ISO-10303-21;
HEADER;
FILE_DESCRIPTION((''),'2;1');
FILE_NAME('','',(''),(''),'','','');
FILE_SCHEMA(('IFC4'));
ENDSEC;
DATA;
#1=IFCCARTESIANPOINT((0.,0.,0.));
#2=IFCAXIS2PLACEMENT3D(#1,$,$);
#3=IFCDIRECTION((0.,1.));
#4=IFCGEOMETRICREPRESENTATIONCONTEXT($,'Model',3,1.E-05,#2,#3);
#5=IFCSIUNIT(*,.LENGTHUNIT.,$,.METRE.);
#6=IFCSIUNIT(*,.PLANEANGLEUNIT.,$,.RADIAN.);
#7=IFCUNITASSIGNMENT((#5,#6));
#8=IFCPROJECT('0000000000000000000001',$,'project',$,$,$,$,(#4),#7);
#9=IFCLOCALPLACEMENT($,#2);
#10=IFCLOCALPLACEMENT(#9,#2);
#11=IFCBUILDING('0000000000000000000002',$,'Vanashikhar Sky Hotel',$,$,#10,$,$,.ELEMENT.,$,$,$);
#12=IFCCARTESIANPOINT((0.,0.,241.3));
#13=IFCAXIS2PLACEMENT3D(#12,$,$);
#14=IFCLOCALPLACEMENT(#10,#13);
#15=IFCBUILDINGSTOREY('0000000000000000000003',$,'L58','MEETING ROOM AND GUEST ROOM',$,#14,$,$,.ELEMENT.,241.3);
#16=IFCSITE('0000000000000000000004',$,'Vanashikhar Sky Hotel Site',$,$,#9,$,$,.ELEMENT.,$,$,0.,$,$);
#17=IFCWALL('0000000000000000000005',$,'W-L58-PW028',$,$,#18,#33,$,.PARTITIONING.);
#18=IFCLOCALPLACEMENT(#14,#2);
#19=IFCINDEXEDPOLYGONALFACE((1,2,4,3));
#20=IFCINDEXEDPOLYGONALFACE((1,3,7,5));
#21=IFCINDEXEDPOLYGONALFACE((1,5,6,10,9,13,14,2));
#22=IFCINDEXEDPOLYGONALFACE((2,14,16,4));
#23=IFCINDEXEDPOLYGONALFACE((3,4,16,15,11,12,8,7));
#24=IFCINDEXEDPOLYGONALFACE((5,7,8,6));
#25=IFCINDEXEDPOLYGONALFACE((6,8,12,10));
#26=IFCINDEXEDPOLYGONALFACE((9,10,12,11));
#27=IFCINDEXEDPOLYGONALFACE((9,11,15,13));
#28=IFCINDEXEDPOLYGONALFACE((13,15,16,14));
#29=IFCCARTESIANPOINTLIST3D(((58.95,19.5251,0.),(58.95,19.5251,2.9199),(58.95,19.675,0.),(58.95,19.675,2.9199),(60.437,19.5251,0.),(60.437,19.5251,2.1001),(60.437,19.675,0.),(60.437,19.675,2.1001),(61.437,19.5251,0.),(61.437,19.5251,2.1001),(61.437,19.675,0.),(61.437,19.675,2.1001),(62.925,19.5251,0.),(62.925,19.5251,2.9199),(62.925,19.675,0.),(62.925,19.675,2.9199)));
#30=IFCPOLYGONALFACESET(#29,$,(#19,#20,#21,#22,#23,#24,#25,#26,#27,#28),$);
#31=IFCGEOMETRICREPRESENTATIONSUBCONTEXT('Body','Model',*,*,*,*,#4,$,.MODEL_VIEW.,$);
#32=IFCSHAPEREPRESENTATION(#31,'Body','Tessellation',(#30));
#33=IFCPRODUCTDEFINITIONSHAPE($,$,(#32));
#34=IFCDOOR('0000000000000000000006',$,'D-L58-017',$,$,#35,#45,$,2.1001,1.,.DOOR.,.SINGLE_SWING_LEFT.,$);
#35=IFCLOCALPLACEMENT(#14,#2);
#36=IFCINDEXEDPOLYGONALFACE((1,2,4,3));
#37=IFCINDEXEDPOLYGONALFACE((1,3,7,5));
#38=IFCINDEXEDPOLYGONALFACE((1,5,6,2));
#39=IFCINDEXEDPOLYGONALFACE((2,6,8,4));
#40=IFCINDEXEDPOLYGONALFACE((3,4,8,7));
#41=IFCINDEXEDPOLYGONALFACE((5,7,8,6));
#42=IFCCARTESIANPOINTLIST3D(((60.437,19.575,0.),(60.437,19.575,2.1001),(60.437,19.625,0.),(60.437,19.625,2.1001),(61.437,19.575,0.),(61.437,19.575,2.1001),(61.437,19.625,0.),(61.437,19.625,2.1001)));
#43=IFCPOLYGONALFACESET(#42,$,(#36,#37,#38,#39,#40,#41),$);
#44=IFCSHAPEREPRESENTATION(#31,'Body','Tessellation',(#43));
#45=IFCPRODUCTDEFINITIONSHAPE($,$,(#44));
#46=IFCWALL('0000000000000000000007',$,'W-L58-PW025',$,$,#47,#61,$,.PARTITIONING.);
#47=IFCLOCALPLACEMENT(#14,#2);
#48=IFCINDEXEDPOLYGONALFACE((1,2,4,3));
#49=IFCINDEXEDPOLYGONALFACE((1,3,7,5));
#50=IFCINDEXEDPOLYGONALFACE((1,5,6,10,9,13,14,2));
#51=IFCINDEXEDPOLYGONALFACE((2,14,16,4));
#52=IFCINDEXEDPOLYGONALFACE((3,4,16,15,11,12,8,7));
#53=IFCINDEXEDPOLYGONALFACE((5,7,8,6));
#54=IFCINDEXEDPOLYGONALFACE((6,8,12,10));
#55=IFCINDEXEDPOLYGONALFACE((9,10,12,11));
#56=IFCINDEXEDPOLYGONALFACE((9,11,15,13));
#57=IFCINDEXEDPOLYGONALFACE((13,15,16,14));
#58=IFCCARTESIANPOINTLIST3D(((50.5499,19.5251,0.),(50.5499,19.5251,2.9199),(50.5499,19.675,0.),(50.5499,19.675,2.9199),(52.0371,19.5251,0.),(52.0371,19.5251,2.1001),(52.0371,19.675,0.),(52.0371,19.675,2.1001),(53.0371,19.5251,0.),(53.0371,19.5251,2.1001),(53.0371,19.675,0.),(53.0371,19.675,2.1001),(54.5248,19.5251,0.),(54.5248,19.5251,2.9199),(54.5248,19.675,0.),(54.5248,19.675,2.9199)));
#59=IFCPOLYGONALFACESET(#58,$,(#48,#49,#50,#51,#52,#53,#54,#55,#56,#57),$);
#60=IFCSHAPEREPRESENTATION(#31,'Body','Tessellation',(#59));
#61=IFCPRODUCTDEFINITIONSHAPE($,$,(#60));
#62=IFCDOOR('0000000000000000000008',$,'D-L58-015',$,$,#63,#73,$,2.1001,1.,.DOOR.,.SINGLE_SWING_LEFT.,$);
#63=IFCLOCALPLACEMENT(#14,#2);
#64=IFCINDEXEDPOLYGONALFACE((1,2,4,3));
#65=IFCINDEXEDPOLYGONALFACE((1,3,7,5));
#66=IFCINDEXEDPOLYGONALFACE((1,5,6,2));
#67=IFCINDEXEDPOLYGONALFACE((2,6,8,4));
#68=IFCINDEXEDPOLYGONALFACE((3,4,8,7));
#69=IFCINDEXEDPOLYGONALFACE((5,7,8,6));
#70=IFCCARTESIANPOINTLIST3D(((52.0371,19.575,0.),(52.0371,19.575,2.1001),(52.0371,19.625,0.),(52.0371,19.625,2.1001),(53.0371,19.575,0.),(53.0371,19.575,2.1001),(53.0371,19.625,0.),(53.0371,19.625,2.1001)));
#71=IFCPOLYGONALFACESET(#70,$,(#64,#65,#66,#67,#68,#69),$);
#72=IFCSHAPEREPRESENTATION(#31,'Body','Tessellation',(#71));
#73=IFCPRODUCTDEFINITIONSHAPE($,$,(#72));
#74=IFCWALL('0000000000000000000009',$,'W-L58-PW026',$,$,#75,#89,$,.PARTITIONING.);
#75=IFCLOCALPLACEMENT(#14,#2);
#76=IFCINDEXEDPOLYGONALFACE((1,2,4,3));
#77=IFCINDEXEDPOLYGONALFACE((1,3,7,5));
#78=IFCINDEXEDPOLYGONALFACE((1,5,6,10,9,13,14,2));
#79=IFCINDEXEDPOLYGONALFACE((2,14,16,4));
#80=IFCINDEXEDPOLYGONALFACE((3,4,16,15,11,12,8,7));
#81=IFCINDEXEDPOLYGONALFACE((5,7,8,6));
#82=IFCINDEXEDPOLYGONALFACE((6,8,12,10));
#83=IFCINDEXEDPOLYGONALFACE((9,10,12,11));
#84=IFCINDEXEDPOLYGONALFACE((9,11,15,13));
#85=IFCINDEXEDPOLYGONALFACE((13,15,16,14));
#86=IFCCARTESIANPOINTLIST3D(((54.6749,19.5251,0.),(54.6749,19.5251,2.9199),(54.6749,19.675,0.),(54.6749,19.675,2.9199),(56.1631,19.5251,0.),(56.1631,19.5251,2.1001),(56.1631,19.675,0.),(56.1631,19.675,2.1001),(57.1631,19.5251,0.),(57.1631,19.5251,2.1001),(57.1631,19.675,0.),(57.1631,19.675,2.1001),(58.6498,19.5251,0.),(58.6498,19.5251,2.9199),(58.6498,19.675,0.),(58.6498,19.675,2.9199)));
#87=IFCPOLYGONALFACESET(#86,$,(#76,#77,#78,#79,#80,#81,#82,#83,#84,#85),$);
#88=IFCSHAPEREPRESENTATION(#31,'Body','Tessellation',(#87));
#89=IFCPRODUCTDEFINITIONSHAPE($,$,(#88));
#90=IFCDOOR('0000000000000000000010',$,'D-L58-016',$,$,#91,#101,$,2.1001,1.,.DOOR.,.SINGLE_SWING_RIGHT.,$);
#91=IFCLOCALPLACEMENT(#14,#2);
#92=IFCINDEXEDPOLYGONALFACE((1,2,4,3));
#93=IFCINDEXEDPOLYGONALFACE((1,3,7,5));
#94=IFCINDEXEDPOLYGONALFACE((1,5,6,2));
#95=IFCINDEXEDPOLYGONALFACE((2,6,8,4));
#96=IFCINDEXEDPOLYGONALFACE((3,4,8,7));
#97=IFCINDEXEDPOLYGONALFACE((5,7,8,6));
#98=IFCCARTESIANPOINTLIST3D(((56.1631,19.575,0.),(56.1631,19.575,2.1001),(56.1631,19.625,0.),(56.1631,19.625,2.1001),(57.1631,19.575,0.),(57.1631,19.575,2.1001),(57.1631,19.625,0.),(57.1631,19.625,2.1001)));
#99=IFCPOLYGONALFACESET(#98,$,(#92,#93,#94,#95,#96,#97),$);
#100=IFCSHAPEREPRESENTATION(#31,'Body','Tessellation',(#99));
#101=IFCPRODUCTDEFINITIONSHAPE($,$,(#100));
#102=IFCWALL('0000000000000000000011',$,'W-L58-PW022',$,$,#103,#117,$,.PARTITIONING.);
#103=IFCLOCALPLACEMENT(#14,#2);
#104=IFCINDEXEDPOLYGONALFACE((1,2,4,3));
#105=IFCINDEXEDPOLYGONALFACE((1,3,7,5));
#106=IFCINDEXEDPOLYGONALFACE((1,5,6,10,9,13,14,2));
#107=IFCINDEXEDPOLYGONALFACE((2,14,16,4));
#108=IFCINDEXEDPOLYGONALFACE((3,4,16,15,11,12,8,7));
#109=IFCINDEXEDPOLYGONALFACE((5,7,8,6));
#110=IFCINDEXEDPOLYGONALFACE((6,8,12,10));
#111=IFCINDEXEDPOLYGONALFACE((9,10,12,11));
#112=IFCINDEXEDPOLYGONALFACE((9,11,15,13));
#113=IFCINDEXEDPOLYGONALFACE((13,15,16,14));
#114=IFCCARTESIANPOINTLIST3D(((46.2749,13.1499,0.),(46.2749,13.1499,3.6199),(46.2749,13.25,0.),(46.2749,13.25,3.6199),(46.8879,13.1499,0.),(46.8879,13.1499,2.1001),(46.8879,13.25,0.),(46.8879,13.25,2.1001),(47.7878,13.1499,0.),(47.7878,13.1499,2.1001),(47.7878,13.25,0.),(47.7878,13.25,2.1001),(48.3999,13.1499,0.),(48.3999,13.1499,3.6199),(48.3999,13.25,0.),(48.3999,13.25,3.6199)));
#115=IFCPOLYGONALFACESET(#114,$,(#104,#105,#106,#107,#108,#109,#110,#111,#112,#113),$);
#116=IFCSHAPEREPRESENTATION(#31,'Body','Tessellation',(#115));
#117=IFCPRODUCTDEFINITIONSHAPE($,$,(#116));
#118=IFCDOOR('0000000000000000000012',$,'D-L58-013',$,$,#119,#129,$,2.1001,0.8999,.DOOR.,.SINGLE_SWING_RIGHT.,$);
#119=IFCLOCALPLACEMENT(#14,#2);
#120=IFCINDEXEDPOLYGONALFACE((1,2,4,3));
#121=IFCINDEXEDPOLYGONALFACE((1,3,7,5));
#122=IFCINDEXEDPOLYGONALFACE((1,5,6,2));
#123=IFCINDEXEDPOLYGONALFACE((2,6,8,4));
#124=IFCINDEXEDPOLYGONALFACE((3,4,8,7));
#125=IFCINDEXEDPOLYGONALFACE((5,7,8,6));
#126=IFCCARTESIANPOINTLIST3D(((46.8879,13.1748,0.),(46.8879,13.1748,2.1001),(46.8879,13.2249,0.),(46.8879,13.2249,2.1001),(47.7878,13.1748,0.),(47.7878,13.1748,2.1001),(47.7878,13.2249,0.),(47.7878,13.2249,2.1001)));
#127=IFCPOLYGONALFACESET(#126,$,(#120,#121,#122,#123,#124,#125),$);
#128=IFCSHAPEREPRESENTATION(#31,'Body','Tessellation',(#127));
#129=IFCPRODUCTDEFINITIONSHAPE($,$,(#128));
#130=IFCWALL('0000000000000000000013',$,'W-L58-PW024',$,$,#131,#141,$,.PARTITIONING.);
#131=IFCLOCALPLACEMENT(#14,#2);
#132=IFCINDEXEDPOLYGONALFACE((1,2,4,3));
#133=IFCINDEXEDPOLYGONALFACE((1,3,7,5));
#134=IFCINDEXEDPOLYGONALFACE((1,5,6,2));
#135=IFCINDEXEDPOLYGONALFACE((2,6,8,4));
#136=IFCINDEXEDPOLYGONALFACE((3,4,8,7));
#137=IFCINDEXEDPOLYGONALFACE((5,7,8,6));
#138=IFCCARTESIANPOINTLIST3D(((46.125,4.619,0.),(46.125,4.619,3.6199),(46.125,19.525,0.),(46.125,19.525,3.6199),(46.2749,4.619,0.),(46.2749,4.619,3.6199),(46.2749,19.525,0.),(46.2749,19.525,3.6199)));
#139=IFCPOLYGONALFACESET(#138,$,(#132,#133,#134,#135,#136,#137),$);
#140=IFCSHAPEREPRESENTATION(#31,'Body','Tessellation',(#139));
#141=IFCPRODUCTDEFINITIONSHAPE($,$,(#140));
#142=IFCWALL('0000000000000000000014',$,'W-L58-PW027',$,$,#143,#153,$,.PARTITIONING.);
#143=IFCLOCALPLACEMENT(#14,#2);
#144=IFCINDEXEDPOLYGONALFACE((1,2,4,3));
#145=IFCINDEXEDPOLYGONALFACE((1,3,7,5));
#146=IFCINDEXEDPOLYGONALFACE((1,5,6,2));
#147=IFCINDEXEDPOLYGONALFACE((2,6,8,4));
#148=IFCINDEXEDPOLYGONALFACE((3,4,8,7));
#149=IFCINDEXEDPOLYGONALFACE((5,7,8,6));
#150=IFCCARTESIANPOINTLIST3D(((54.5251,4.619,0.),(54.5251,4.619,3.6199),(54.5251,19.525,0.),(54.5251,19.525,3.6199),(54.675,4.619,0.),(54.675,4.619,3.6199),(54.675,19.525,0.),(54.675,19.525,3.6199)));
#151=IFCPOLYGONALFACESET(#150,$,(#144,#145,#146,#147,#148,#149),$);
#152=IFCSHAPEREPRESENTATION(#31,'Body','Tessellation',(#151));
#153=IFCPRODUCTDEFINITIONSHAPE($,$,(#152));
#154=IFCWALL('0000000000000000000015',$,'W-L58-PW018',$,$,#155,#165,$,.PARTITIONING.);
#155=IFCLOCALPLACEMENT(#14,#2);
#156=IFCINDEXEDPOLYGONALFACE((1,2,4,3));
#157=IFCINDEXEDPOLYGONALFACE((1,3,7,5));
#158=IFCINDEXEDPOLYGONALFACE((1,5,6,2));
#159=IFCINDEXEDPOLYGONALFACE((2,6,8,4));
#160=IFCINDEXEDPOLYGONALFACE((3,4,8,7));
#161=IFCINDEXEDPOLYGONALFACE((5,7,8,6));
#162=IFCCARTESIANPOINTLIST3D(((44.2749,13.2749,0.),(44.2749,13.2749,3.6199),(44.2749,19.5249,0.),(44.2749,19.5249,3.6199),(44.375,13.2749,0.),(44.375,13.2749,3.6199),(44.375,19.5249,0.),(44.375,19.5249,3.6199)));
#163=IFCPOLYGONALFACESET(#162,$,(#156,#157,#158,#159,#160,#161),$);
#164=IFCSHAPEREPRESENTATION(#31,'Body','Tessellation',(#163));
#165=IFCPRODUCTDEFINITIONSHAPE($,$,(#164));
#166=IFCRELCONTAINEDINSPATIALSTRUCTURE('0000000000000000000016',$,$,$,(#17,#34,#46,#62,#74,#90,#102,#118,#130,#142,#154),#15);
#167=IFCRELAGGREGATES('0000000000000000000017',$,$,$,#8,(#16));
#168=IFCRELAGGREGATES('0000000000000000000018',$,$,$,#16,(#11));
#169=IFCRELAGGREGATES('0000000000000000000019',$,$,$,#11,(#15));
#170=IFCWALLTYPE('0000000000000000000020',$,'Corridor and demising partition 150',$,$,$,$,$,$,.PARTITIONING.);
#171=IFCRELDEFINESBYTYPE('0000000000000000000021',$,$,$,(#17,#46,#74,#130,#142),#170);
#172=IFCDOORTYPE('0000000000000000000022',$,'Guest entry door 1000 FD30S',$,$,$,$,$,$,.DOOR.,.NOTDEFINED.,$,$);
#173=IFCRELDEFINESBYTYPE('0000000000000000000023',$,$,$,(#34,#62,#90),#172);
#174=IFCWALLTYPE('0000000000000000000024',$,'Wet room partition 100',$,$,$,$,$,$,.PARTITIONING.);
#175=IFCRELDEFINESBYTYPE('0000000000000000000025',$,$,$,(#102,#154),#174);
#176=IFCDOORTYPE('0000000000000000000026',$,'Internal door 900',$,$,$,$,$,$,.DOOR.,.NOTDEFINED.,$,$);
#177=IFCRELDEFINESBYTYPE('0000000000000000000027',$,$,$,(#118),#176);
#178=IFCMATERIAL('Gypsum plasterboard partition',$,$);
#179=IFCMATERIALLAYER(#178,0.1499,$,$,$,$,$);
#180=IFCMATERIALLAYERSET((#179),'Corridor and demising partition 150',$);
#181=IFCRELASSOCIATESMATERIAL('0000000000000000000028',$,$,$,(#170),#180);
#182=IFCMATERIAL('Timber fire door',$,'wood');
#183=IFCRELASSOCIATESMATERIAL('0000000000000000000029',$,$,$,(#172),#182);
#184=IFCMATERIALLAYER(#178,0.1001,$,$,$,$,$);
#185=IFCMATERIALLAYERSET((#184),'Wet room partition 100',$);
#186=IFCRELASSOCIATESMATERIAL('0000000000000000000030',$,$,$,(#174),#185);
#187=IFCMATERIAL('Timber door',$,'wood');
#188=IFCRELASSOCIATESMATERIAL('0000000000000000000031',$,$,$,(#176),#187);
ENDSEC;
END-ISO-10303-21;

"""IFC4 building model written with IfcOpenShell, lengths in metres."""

from ifc_helpers import new_model, si_unit, direction, frame, frame_2d, origin, place, context, subcontext, project, spatial, rectangle, extrude, source, transform, mapped, material, layer, layer_set, type_object, element, fill, save


model = new_model("IFC4")

# Units and contexts
model_context = context("Model", 3, precision=1e-05, world=origin(), true_north=direction((0.0, 1.0)))
body_context = subcontext(model_context, "Body", "Model", "MODEL_VIEW")
ifc_project = project(units=[si_unit("LENGTHUNIT", "METRE"), si_unit("PLANEANGLEUNIT", "RADIAN")], contexts=[model_context])

# Site, building, storey
site_placement = place(None, origin())
site = spatial("IfcSite", under=ifc_project, at=site_placement, Name="Vanashikhar Sky Hotel Site", CompositionType="ELEMENT", RefElevation=0.0)
building_placement = place(site_placement, origin())
building = spatial("IfcBuilding", under=site, at=building_placement, Name="Vanashikhar Sky Hotel", CompositionType="ELEMENT")
storey_placement = place(building_placement, frame((0.0, 0.0, 241.3)))
storey = spatial("IfcBuildingStorey", under=building, at=storey_placement, Name="L58", Description="MEETING ROOM AND GUEST ROOM", CompositionType="ELEMENT", Elevation=241.3)

# Walls, openings, doors
ifc_material_1 = material(Name="Gypsum plasterboard partition")
ifc_layer_1 = layer(ifc_material_1, 0.1499)
ifc_layer_set_1 = layer_set([ifc_layer_1], Name="Corridor and demising partition 150")
wall_type_1 = type_object("IfcWallType", Name="Corridor and demising partition 150", PredefinedType="PARTITIONING", material=ifc_layer_set_1)
shared_shape_1 = source(origin(), body_context, "Body", "SweptSolid", [
    extrude(rectangle(XDim=3.9751, YDim=0.1499, at=frame_2d((1.9875, 0.0))), origin(), (0.0, 0.0, 1.0), 2.9199),
])
shared_shape_2 = source(origin(), body_context, "Body", "SweptSolid", [
    extrude(rectangle(XDim=1.0, YDim=2.1001, at=frame_2d((0.5, 1.05))), frame((0.0, 0.085, 0.0), z_axis=(0.0, -1.0, 0.0), x_axis=(1.0, 0.0, 0.0)), (0.0, 0.0, 1.0), 0.1699),
])
ifc_material_2 = material(Name="Timber fire door", Category="wood")
door_type_1 = type_object("IfcDoorType", Name="Guest entry door 1000 FD30S", OperationType="NOTDEFINED", PredefinedType="DOOR", material=ifc_material_2)
shared_shape_3 = source(origin(), body_context, "Body", "SweptSolid", [
    extrude(rectangle(XDim=1.0, YDim=2.1001, at=frame_2d((0.5, 1.05))), frame((0.0, 0.0249, 0.0), z_axis=(0.0, -1.0, 0.0), x_axis=(1.0, 0.0, 0.0)), (0.0, 0.0, 1.0), 0.05),
])
wall_1_placement = place(storey_placement, frame((58.95, 19.6001, 0.0), z_axis=(0.0, 0.0, 1.0), x_axis=(1.0, 0.0, 0.0)))
wall_1 = element("IfcWall", 1, at=wall_1_placement, inside=storey, type_object=wall_type_1, Name="W-L58-PW028", PredefinedType="PARTITIONING", context=body_context, shape_type="MappedRepresentation", body=[
    mapped(shared_shape_1, transform((0.0, 0.0, 0.0), scale=1.0)),
])
opening_1_placement = place(wall_1_placement, frame((1.4871, 0.0, 0.0)))
opening_1 = element("IfcOpeningElement", 2, at=opening_1_placement, cuts=wall_1, PredefinedType="OPENING", context=body_context, shape_type="MappedRepresentation", body=[
    mapped(shared_shape_2, transform((0.0, 0.0, 0.0), scale=1.0)),
])
door_1_placement = place(opening_1_placement, origin())
door_1 = element("IfcDoor", 3, at=door_1_placement, inside=storey, type_object=door_type_1, Name="D-L58-017", OperationType="SINGLE_SWING_LEFT", OverallHeight=2.1001, OverallWidth=1.0, PredefinedType="DOOR", context=body_context, shape_type="MappedRepresentation", body=[
    mapped(shared_shape_3, transform((0.0, 0.0, 0.0), scale=1.0)),
])
fill(opening_1, door_1)
shared_shape_4 = source(origin(), body_context, "Body", "SweptSolid", [
    extrude(rectangle(XDim=3.9749, YDim=0.1499, at=frame_2d((1.9873, 0.0))), origin(), (0.0, 0.0, 1.0), 2.9199),
])
wall_2_placement = place(storey_placement, frame((50.55, 19.6001, 0.0), z_axis=(0.0, 0.0, 1.0), x_axis=(1.0, 0.0, 0.0)))
wall_2 = element("IfcWall", 4, at=wall_2_placement, inside=storey, type_object=wall_type_1, Name="W-L58-PW025", PredefinedType="PARTITIONING", context=body_context, shape_type="MappedRepresentation", body=[
    mapped(shared_shape_4, transform((0.0, 0.0, 0.0), scale=1.0)),
])
opening_2_placement = place(wall_2_placement, frame((1.4871, 0.0, 0.0)))
opening_2 = element("IfcOpeningElement", 5, at=opening_2_placement, cuts=wall_2, PredefinedType="OPENING", context=body_context, shape_type="MappedRepresentation", body=[
    mapped(shared_shape_2, transform((0.0, 0.0, 0.0), scale=1.0)),
])
door_2_placement = place(opening_2_placement, origin())
door_2 = element("IfcDoor", 6, at=door_2_placement, inside=storey, type_object=door_type_1, Name="D-L58-015", OperationType="SINGLE_SWING_LEFT", OverallHeight=2.1001, OverallWidth=1.0, PredefinedType="DOOR", context=body_context, shape_type="MappedRepresentation", body=[
    mapped(shared_shape_3, transform((0.0, 0.0, 0.0), scale=1.0)),
])
fill(opening_2, door_2)
wall_3_placement = place(storey_placement, frame((54.675, 19.6001, 0.0), z_axis=(0.0, 0.0, 1.0), x_axis=(1.0, 0.0, 0.0)))
wall_3 = element("IfcWall", 7, at=wall_3_placement, inside=storey, type_object=wall_type_1, Name="W-L58-PW026", PredefinedType="PARTITIONING", context=body_context, shape_type="MappedRepresentation", body=[
    mapped(shared_shape_4, transform((0.0, 0.0, 0.0), scale=1.0)),
])
opening_3_placement = place(wall_3_placement, frame((1.488, 0.0, 0.0)))
opening_3 = element("IfcOpeningElement", 8, at=opening_3_placement, cuts=wall_3, PredefinedType="OPENING", context=body_context, shape_type="MappedRepresentation", body=[
    mapped(shared_shape_2, transform((0.0, 0.0, 0.0), scale=1.0)),
])
door_3_placement = place(opening_3_placement, origin())
door_3 = element("IfcDoor", 9, at=door_3_placement, inside=storey, type_object=door_type_1, Name="D-L58-016", OperationType="SINGLE_SWING_RIGHT", OverallHeight=2.1001, OverallWidth=1.0, PredefinedType="DOOR", context=body_context, shape_type="MappedRepresentation", body=[
    mapped(shared_shape_3, transform((0.0, 0.0, 0.0), scale=1.0)),
])
fill(opening_3, door_3)
ifc_layer_2 = layer(ifc_material_1, 0.1001)
ifc_layer_set_2 = layer_set([ifc_layer_2], Name="Wet room partition 100")
wall_type_2 = type_object("IfcWallType", Name="Wet room partition 100", PredefinedType="PARTITIONING", material=ifc_layer_set_2)
shared_shape_5 = source(origin(), body_context, "Body", "SweptSolid", [
    extrude(rectangle(XDim=2.125, YDim=0.1001, at=frame_2d((1.0625, 0.0))), origin(), (0.0, 0.0, 1.0), 3.6199),
])
wall_4_placement = place(storey_placement, frame((46.2749, 13.2, 0.0), z_axis=(0.0, 0.0, 1.0), x_axis=(1.0, 0.0, 0.0)))
wall_4 = element("IfcWall", 10, at=wall_4_placement, inside=storey, type_object=wall_type_2, Name="W-L58-PW022", PredefinedType="PARTITIONING", context=body_context, shape_type="MappedRepresentation", body=[
    mapped(shared_shape_5, transform((0.0, 0.0, 0.0), scale=1.0)),
])
shared_shape_6 = source(origin(), body_context, "Body", "SweptSolid", [
    extrude(rectangle(XDim=0.8999, YDim=2.1001, at=frame_2d((0.45, 1.05))), frame((0.0, 0.0601, 0.0), z_axis=(0.0, -1.0, 0.0), x_axis=(1.0, 0.0, 0.0)), (0.0, 0.0, 1.0), 0.1201),
])
opening_4_placement = place(wall_4_placement, frame((0.613, 0.0, 0.0)))
opening_4 = element("IfcOpeningElement", 11, at=opening_4_placement, cuts=wall_4, PredefinedType="OPENING", context=body_context, shape_type="MappedRepresentation", body=[
    mapped(shared_shape_6, transform((0.0, 0.0, 0.0), scale=1.0)),
])
ifc_material_3 = material(Name="Timber door", Category="wood")
door_type_2 = type_object("IfcDoorType", Name="Internal door 900", OperationType="NOTDEFINED", PredefinedType="DOOR", material=ifc_material_3)
shared_shape_7 = source(origin(), body_context, "Body", "SweptSolid", [
    extrude(rectangle(XDim=0.8999, YDim=2.1001, at=frame_2d((0.45, 1.05))), frame((0.0, 0.0249, 0.0), z_axis=(0.0, -1.0, 0.0), x_axis=(1.0, 0.0, 0.0)), (0.0, 0.0, 1.0), 0.05),
])
door_4_placement = place(opening_4_placement, origin())
door_4 = element("IfcDoor", 12, at=door_4_placement, inside=storey, type_object=door_type_2, Name="D-L58-013", OperationType="SINGLE_SWING_RIGHT", OverallHeight=2.1001, OverallWidth=0.8999, PredefinedType="DOOR", context=body_context, shape_type="MappedRepresentation", body=[
    mapped(shared_shape_7, transform((0.0, 0.0, 0.0), scale=1.0)),
])
fill(opening_4, door_4)

# Walls
shared_shape_8 = source(origin(), body_context, "Body", "SweptSolid", [
    extrude(rectangle(XDim=14.906, YDim=0.1499, at=frame_2d((7.4531, 0.0))), origin(), (0.0, 0.0, 1.0), 3.6199),
])
for number, where, z_axis, x_axis, name in (
    (13, (46.2, 4.6189, 0.0), (0.0, 0.0, 1.0), (0.0, 1.0, 0.0), "W-L58-PW024"),
    (14, (54.6001, 4.6189, 0.0), (0.0, 0.0, 1.0), (0.0, 1.0, 0.0), "W-L58-PW027"),
):
    element("IfcWall", number, at=place(storey_placement, frame(where, z_axis=z_axis, x_axis=x_axis)), inside=storey, type_object=wall_type_1, Name=name, PredefinedType="PARTITIONING", context=body_context, shape_type="MappedRepresentation", body=[
        mapped(shared_shape_8, transform((0.0, 0.0, 0.0), scale=1.0)),
    ])
shared_shape_9 = source(origin(), body_context, "Body", "SweptSolid", [
    extrude(rectangle(XDim=6.25, YDim=0.1001, at=frame_2d((3.125, 0.0))), origin(), (0.0, 0.0, 1.0), 3.6199),
])
for number, where, z_axis, x_axis, name in (
    (15, (44.325, 13.2749, 0.0), (0.0, 0.0, 1.0), (0.0, 1.0, 0.0), "W-L58-PW018"),
):
    element("IfcWall", number, at=place(storey_placement, frame(where, z_axis=z_axis, x_axis=x_axis)), inside=storey, type_object=wall_type_2, Name=name, PredefinedType="PARTITIONING", context=body_context, shape_type="MappedRepresentation", body=[
        mapped(shared_shape_9, transform((0.0, 0.0, 0.0), scale=1.0)),
    ])

save(model, "model.ifc")
